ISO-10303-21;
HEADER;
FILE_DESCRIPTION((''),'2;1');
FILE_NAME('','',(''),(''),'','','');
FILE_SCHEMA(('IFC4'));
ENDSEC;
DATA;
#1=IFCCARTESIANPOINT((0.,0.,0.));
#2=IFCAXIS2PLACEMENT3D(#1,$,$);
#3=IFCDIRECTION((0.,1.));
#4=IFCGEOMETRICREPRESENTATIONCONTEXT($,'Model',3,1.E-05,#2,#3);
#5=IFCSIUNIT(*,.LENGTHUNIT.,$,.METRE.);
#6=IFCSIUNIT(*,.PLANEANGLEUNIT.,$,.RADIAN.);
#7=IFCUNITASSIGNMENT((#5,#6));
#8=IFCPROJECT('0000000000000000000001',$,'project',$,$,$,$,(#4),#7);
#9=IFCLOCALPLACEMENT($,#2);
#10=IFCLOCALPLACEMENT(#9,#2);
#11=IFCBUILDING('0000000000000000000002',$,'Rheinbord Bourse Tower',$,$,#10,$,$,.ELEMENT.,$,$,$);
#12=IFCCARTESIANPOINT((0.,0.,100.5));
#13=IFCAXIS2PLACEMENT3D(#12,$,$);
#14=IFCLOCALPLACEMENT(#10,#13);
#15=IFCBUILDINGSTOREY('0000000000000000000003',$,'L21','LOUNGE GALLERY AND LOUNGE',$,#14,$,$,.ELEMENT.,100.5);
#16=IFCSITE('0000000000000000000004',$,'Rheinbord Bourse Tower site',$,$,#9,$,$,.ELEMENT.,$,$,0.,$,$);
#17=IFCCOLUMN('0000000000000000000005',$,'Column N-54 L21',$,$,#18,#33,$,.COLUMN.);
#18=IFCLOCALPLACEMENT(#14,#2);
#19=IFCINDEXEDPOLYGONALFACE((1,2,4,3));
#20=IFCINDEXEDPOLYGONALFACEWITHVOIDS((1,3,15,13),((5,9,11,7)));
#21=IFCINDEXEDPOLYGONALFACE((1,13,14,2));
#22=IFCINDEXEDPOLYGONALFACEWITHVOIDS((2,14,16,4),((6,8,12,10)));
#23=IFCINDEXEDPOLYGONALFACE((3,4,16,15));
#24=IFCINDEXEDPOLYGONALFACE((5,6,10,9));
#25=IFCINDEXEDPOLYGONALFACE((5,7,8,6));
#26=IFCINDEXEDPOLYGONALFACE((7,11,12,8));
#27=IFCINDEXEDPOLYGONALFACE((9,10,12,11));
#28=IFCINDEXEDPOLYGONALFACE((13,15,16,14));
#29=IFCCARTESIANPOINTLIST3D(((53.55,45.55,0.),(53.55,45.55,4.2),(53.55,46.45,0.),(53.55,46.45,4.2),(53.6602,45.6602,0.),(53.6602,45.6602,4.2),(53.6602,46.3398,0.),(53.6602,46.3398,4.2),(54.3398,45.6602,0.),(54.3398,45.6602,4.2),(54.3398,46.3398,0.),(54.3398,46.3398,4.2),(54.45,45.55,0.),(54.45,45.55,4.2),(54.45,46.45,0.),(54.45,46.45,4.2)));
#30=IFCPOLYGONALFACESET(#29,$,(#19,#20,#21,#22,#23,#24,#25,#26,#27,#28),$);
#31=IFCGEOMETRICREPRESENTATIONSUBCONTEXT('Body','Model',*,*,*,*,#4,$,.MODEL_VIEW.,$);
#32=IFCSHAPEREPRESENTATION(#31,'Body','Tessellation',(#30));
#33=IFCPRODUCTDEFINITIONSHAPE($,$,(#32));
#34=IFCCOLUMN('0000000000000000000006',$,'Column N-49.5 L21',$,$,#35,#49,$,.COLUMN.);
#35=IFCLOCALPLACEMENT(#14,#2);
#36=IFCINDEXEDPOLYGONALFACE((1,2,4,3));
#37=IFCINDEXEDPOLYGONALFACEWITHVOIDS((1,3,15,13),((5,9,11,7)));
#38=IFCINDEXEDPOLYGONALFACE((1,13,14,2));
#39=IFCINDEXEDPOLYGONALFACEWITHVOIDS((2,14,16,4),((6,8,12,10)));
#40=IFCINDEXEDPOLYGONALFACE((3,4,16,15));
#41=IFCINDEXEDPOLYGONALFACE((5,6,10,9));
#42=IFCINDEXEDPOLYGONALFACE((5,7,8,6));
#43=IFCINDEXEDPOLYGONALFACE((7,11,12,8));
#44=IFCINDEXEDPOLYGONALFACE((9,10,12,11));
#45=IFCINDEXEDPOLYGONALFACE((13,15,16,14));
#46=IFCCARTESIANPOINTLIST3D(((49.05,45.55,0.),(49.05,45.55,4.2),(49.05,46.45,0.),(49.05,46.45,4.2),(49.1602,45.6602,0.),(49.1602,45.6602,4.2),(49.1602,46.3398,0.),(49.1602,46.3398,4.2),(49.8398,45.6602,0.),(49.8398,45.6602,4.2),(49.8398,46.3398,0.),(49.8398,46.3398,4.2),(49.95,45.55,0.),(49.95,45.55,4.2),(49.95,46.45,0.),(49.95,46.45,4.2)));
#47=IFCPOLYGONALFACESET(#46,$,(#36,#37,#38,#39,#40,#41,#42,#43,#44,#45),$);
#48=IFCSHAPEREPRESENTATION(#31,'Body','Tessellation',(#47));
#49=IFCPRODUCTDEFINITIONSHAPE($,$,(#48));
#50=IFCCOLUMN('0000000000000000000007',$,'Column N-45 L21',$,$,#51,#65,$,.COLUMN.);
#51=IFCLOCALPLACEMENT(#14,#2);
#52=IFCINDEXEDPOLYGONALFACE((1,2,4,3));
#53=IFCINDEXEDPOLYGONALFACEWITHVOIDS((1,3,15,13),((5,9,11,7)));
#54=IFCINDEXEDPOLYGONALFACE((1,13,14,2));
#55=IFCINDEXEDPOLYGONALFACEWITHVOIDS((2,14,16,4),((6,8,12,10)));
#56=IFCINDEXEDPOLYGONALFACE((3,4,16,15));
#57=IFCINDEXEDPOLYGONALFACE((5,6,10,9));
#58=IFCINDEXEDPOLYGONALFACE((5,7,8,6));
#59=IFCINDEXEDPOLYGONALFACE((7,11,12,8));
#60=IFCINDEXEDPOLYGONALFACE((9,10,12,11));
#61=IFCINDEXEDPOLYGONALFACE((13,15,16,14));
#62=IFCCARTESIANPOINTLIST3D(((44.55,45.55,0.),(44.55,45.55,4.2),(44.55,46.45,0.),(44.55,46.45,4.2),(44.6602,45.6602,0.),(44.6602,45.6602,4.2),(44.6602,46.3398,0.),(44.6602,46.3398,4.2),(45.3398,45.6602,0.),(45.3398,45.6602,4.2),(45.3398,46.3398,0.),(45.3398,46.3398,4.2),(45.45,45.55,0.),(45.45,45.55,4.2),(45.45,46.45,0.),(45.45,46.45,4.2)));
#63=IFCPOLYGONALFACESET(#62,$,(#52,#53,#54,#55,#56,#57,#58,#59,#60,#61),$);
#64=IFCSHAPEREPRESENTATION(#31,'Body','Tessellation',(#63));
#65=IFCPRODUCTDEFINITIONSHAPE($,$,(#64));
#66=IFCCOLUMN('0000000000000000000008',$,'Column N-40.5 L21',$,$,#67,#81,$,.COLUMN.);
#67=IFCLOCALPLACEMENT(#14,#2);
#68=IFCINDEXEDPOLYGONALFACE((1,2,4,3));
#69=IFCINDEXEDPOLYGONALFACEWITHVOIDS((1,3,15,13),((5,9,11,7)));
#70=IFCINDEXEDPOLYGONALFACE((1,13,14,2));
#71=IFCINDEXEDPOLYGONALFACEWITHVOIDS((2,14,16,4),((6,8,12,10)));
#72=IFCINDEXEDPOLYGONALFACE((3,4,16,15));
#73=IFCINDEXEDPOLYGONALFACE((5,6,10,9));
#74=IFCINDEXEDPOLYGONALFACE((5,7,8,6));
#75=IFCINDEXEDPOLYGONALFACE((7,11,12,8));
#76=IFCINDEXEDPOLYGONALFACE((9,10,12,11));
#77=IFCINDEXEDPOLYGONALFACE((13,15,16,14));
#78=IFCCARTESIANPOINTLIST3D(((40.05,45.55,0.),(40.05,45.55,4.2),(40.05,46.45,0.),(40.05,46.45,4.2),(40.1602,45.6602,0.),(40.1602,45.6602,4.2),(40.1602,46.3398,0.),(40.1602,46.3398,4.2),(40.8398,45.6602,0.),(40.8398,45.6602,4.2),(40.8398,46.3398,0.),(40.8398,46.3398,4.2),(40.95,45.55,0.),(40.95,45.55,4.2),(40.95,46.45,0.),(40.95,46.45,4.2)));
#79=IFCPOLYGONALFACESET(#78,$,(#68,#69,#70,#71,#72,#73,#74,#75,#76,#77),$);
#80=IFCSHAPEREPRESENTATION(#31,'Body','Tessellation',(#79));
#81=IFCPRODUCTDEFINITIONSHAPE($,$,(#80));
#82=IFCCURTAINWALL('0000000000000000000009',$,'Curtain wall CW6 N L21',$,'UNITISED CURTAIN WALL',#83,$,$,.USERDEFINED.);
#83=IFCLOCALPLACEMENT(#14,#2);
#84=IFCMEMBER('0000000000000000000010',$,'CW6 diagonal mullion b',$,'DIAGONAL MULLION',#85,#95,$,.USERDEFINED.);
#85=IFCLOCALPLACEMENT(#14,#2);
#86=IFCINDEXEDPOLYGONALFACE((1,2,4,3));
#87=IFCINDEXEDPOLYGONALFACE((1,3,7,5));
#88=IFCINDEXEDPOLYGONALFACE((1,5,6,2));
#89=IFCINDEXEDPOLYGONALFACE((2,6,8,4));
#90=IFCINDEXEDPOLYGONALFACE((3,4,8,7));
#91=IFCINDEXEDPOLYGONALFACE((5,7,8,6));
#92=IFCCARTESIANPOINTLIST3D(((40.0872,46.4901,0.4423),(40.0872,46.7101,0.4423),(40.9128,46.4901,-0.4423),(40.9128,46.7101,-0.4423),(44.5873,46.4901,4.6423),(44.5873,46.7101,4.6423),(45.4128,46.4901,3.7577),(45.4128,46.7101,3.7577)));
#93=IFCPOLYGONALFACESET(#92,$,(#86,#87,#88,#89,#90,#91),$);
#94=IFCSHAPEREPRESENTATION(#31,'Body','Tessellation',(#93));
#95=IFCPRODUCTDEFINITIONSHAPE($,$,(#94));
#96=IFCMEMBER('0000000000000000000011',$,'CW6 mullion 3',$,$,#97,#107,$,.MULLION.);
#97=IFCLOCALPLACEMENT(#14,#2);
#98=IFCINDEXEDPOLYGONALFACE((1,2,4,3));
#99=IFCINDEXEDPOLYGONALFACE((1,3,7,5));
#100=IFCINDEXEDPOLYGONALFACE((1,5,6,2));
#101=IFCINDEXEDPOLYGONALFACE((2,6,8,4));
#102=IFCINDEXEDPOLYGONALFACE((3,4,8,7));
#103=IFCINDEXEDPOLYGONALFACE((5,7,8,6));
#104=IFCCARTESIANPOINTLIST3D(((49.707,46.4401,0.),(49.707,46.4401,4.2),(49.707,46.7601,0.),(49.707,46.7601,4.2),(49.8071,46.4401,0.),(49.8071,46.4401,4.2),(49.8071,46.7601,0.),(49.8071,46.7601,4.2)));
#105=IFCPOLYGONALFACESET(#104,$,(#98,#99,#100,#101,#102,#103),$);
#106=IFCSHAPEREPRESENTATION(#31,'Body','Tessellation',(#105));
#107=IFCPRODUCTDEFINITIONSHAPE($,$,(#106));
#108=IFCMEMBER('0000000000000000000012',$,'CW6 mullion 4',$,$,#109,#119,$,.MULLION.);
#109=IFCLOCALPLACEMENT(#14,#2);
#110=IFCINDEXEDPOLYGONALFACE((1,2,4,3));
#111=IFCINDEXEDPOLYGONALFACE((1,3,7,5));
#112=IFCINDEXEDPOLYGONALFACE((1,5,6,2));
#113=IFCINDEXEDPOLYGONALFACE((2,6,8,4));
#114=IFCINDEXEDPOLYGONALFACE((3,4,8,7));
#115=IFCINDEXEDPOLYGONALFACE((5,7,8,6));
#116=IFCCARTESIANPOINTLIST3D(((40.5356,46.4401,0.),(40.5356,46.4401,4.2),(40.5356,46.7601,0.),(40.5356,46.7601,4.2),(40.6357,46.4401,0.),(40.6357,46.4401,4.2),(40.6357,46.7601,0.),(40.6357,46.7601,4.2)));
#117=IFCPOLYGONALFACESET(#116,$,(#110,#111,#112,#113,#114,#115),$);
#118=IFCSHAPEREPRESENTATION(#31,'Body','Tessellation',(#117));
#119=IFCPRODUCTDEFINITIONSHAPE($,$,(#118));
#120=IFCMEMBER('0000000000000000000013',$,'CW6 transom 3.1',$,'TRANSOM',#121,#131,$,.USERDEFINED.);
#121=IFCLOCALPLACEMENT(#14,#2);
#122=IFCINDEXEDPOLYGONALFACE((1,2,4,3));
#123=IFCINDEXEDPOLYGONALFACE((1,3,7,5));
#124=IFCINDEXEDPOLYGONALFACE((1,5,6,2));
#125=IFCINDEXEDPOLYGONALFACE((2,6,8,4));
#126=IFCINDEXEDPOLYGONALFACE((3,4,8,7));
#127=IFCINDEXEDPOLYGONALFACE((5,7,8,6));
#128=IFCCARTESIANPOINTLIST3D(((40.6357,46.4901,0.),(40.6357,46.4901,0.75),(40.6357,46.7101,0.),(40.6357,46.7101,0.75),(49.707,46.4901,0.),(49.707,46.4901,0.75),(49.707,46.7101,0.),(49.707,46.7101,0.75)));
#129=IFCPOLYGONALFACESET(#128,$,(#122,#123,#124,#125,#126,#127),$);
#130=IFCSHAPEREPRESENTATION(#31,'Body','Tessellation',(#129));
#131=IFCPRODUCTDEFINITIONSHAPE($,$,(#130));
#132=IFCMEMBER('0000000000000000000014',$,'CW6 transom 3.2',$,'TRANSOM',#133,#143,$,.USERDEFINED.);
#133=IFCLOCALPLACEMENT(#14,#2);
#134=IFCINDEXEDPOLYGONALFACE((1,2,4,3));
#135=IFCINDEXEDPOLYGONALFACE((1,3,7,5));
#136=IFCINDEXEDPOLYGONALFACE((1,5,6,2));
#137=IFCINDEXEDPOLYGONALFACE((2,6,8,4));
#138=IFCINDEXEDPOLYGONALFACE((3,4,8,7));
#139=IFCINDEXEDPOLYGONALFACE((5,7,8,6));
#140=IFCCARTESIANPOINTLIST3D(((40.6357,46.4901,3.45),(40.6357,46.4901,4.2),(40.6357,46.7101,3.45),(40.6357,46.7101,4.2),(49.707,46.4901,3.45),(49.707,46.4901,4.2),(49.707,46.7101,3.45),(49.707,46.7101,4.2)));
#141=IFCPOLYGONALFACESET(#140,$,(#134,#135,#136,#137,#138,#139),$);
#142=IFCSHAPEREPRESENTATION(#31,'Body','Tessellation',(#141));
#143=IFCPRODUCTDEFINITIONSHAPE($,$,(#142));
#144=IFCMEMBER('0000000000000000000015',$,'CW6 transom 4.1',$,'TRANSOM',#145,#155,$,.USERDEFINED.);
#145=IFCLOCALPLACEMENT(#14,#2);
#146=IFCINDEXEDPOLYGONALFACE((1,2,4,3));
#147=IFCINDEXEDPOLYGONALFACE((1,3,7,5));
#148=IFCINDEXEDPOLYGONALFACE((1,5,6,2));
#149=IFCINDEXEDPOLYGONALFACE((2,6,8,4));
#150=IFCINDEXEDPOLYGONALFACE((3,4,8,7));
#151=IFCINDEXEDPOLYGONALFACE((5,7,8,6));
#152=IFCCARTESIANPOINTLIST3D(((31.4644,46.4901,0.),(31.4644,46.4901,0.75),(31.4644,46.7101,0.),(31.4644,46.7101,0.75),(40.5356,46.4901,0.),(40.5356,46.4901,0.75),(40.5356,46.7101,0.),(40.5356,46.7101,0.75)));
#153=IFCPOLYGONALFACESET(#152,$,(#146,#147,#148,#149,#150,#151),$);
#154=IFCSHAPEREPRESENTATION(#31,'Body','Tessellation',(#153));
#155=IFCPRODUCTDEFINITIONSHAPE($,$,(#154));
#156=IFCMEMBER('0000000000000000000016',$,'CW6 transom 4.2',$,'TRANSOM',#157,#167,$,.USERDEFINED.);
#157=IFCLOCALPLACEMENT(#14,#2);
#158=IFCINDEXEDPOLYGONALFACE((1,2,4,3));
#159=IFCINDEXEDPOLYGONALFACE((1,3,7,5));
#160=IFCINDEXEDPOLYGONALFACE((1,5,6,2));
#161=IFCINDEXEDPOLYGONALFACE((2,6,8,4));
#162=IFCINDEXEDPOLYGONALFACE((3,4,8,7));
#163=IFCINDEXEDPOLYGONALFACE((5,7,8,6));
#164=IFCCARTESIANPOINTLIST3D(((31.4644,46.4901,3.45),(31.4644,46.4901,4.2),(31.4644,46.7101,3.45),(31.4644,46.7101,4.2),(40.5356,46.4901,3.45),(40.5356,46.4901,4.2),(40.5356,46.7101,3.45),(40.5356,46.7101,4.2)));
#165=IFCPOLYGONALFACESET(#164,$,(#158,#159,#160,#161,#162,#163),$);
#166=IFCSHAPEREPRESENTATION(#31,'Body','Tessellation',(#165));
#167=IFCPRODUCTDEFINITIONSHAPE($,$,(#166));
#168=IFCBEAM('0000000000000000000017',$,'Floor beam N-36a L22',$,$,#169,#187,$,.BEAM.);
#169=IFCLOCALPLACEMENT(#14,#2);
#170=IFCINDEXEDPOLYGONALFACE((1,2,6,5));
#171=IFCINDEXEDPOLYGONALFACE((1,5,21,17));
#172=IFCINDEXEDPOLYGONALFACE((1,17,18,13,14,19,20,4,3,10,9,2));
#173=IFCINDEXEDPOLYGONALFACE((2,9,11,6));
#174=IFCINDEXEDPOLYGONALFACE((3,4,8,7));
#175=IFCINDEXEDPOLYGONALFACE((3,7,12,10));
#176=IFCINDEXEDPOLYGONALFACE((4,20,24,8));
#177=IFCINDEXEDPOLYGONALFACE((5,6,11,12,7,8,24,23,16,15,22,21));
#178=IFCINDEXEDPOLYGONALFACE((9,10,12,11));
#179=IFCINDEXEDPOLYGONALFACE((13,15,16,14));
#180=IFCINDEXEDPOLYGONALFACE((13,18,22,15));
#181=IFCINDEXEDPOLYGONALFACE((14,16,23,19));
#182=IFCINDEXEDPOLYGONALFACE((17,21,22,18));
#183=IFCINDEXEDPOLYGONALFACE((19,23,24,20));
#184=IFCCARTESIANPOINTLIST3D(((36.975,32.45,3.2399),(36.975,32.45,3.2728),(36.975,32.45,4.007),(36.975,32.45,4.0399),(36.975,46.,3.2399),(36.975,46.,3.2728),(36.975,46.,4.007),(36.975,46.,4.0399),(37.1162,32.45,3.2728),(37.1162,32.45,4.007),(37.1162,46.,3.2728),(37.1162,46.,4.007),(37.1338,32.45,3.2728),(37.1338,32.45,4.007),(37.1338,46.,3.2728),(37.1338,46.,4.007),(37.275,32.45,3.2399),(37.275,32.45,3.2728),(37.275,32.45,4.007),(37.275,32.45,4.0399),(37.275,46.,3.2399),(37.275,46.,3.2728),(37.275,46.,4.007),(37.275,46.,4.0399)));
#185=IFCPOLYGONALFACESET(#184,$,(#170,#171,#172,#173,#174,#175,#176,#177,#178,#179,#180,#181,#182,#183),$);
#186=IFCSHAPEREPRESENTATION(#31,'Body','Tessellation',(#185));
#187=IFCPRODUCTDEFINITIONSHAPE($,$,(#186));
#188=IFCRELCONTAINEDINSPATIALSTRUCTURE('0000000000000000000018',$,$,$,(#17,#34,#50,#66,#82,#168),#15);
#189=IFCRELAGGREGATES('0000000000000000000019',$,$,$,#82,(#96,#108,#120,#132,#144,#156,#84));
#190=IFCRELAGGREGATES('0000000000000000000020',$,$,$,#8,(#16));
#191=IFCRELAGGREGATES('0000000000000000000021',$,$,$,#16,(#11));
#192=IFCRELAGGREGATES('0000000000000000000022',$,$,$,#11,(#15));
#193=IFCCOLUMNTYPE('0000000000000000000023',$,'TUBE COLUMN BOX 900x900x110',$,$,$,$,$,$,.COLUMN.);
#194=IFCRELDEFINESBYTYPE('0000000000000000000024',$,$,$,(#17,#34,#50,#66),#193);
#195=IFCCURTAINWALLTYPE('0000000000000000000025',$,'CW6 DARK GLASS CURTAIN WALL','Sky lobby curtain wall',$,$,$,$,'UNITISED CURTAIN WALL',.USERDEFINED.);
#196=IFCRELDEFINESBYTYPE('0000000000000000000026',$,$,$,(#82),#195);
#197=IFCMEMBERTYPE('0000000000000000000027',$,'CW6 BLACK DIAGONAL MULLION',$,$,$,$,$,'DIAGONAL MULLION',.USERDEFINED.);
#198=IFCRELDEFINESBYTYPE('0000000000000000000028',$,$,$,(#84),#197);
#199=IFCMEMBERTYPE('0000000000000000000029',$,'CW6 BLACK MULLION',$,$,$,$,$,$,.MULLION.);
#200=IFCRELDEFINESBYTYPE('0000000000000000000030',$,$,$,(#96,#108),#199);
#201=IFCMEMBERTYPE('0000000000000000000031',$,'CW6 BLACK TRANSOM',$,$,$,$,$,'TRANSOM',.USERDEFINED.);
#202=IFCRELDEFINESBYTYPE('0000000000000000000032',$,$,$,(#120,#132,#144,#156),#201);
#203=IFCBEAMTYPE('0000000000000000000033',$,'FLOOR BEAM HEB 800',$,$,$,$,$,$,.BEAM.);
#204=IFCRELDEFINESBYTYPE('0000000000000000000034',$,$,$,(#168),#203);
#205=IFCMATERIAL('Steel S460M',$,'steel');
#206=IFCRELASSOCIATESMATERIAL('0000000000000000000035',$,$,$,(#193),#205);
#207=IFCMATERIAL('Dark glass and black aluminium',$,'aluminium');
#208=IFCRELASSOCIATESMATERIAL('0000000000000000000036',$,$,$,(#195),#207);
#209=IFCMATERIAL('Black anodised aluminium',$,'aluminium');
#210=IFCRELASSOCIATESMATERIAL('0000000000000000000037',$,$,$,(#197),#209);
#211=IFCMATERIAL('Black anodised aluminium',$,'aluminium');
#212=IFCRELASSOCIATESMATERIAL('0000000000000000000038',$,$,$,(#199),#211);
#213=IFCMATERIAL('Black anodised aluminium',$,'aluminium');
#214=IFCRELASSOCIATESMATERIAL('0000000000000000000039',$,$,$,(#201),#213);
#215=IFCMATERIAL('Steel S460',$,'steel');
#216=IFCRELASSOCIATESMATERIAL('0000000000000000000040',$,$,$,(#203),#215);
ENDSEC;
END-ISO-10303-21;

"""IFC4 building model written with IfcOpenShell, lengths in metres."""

from ifc_helpers import new_model, si_unit, direction, frame, origin, origin_2d, place, context, subcontext, project, spatial, rectangle, hollow_rectangle, i_section, extrude, material, material_profile, profile_set, type_object, element, aggregate, save


model = new_model("IFC4")

# Units and contexts
model_context = context("Model", 3, precision=1e-05, world=origin(), true_north=direction((0.0, 1.0)))
body_context = subcontext(model_context, "Body", "Model", "MODEL_VIEW")
ifc_project = project(units=[si_unit("LENGTHUNIT", "METRE"), si_unit("PLANEANGLEUNIT", "RADIAN")], contexts=[model_context])

# Site, building, storey
site_placement = place(None, origin())
site = spatial("IfcSite", under=ifc_project, at=site_placement, Name="Rheinbord Bourse Tower site", CompositionType="ELEMENT", RefElevation=0.0)
building_placement = place(site_placement, origin())
building = spatial("IfcBuilding", under=site, at=building_placement, Name="Rheinbord Bourse Tower", CompositionType="ELEMENT")
storey_placement = place(building_placement, frame((0.0, 0.0, 100.5)))
storey = spatial("IfcBuildingStorey", under=building, at=storey_placement, Name="L21", Description="LOUNGE GALLERY AND LOUNGE", CompositionType="ELEMENT", Elevation=100.5)

# Columns
ifc_material_1 = material(Name="Steel S460M", Category="steel")
ifc_material_profile_1 = material_profile(ifc_material_1, hollow_rectangle(XDim=0.8999, YDim=0.8999, WallThickness=0.1101, at=origin_2d()), Name="BOX 900x900x110")
ifc_profile_set_1 = profile_set([ifc_material_profile_1], Name="Steel S460M")
column_type = type_object("IfcColumnType", Name="TUBE COLUMN BOX 900x900x110", PredefinedType="COLUMN", material=ifc_profile_set_1)
for number, where, z_axis, x_axis, name in (
    (1, (54.0, 46.0, 0.0), (0.0, 0.0, 1.0), (0.0, 1.0, 0.0), "Column N-54 L21"),
    (2, (49.5, 46.0, 0.0), (0.0, 0.0, 1.0), (0.0, 1.0, 0.0), "Column N-49.5 L21"),
    (3, (45.0, 46.0, 0.0), (0.0, 0.0, 1.0), (0.0, 1.0, 0.0), "Column N-45 L21"),
    (4, (40.5, 46.0, 0.0), (0.0, 0.0, 1.0), (0.0, 1.0, 0.0), "Column N-40.5 L21"),
):
    element("IfcColumn", number, at=place(storey_placement, frame(where, z_axis=z_axis, x_axis=x_axis)), inside=storey, type_object=column_type, Name=name, PredefinedType="COLUMN", context=body_context, shape_type="SweptSolid", body=[
        extrude(hollow_rectangle(XDim=0.8999, YDim=0.8999, WallThickness=0.1101, at=origin_2d()), origin(), (0.0, 0.0, 1.0), 4.2),
    ])

# Curtain wall, members
ifc_material_2 = material(Name="Dark glass and black aluminium", Category="aluminium")
curtain_wall_type = type_object("IfcCurtainWallType", Name="CW6 DARK GLASS CURTAIN WALL", Description="Sky lobby curtain wall", ElementType="UNITISED CURTAIN WALL", PredefinedType="USERDEFINED", material=ifc_material_2)
curtain_wall_placement = place(storey_placement, origin())
curtain_wall = element("IfcCurtainWall", 5, at=curtain_wall_placement, inside=storey, type_object=curtain_wall_type, Name="Curtain wall CW6 N L21", ObjectType="UNITISED CURTAIN WALL", PredefinedType="USERDEFINED")
ifc_material_3 = material(Name="Black anodised aluminium", Category="aluminium")
ifc_material_profile_2 = material_profile(ifc_material_3, rectangle(XDim=0.22, YDim=1.21, at=origin_2d()), Name="CW6 DIAGONAL MULLION 1210x220")
ifc_profile_set_2 = profile_set([ifc_material_profile_2], Name="Black anodised aluminium")
member_type_1 = type_object("IfcMemberType", Name="CW6 BLACK DIAGONAL MULLION", ElementType="DIAGONAL MULLION", PredefinedType="USERDEFINED", material=ifc_profile_set_2)
member_1_placement = place(storey_placement, frame((40.5, 46.6001, 0.0), z_axis=(0.731059, 0.0, 0.682314), x_axis=(0.0, 1.0, 0.0)))
member_1 = element("IfcMember", 6, at=member_1_placement, type_object=member_type_1, Name="CW6 diagonal mullion b", ObjectType="DIAGONAL MULLION", PredefinedType="USERDEFINED", context=body_context, shape_type="SweptSolid", body=[
    extrude(rectangle(XDim=0.22, YDim=1.21, at=origin_2d()), origin(), (0.0, 0.0, 1.0), 6.1555),
])
ifc_material_4 = material(Name="Black anodised aluminium", Category="aluminium")
ifc_material_profile_3 = material_profile(ifc_material_4, rectangle(XDim=0.3201, YDim=0.1001, at=origin_2d()), Name="CW6 MULLION 100x320")
ifc_profile_set_3 = profile_set([ifc_material_profile_3], Name="Black anodised aluminium")
member_type_2 = type_object("IfcMemberType", Name="CW6 BLACK MULLION", PredefinedType="MULLION", material=ifc_profile_set_3)
member_2_placement = place(storey_placement, frame((49.7571, 46.6001, 0.0), z_axis=(0.0, 0.0, 1.0), x_axis=(0.0, -1.0, 0.0)))
member_2 = element("IfcMember", 7, at=member_2_placement, type_object=member_type_2, Name="CW6 mullion 3", PredefinedType="MULLION", context=body_context, shape_type="SweptSolid", body=[
    extrude(rectangle(XDim=0.3201, YDim=0.1001, at=origin_2d()), origin(), (0.0, 0.0, 1.0), 4.2),
])
member_3_placement = place(storey_placement, frame((40.5857, 46.6001, 0.0), z_axis=(0.0, 0.0, 1.0), x_axis=(0.0, -1.0, 0.0)))
member_3 = element("IfcMember", 8, at=member_3_placement, type_object=member_type_2, Name="CW6 mullion 4", PredefinedType="MULLION", context=body_context, shape_type="SweptSolid", body=[
    extrude(rectangle(XDim=0.3201, YDim=0.1001, at=origin_2d()), origin(), (0.0, 0.0, 1.0), 4.2),
])
ifc_material_5 = material(Name="Black anodised aluminium", Category="aluminium")
ifc_material_profile_4 = material_profile(ifc_material_5, rectangle(XDim=0.22, YDim=0.75, at=origin_2d()), Name="CW6 TRANSOM 750x220")
ifc_profile_set_4 = profile_set([ifc_material_profile_4], Name="Black anodised aluminium")
member_type_3 = type_object("IfcMemberType", Name="CW6 BLACK TRANSOM", ElementType="TRANSOM", PredefinedType="USERDEFINED", material=ifc_profile_set_4)
member_4_placement = place(storey_placement, frame((49.707, 46.6001, 0.375), z_axis=(-1.0, 0.0, 0.0), x_axis=(0.0, -1.0, 0.0)))
member_4 = element("IfcMember", 9, at=member_4_placement, type_object=member_type_3, Name="CW6 transom 3.1", ObjectType="TRANSOM", PredefinedType="USERDEFINED", context=body_context, shape_type="SweptSolid", body=[
    extrude(rectangle(XDim=0.22, YDim=0.75, at=origin_2d()), origin(), (0.0, 0.0, 1.0), 9.0713),
])
member_5_placement = place(storey_placement, frame((49.707, 46.6001, 3.825), z_axis=(-1.0, 0.0, 0.0), x_axis=(0.0, -1.0, 0.0)))
member_5 = element("IfcMember", 10, at=member_5_placement, type_object=member_type_3, Name="CW6 transom 3.2", ObjectType="TRANSOM", PredefinedType="USERDEFINED", context=body_context, shape_type="SweptSolid", body=[
    extrude(rectangle(XDim=0.22, YDim=0.75, at=origin_2d()), origin(), (0.0, 0.0, 1.0), 9.0713),
])
member_6_placement = place(storey_placement, frame((40.5356, 46.6001, 0.375), z_axis=(-1.0, 0.0, 0.0), x_axis=(0.0, -1.0, 0.0)))
member_6 = element("IfcMember", 11, at=member_6_placement, type_object=member_type_3, Name="CW6 transom 4.1", ObjectType="TRANSOM", PredefinedType="USERDEFINED", context=body_context, shape_type="SweptSolid", body=[
    extrude(rectangle(XDim=0.22, YDim=0.75, at=origin_2d()), origin(), (0.0, 0.0, 1.0), 9.0713),
])
member_7_placement = place(storey_placement, frame((40.5356, 46.6001, 3.825), z_axis=(-1.0, 0.0, 0.0), x_axis=(0.0, -1.0, 0.0)))
member_7 = element("IfcMember", 12, at=member_7_placement, type_object=member_type_3, Name="CW6 transom 4.2", ObjectType="TRANSOM", PredefinedType="USERDEFINED", context=body_context, shape_type="SweptSolid", body=[
    extrude(rectangle(XDim=0.22, YDim=0.75, at=origin_2d()), origin(), (0.0, 0.0, 1.0), 9.0713),
])

# Beam
ifc_material_6 = material(Name="Steel S460", Category="steel")
ifc_material_profile_5 = material_profile(ifc_material_6, i_section(OverallWidth=0.3, OverallDepth=0.8, WebThickness=0.0176, FlangeThickness=0.033, at=origin_2d()), Name="HEB 800")
ifc_profile_set_5 = profile_set([ifc_material_profile_5], Name="Steel S460")
beam_type_1 = type_object("IfcBeamType", Name="FLOOR BEAM HEB 800", PredefinedType="BEAM", material=ifc_profile_set_5)
for number, where, z_axis, x_axis, name in (
    (13, (37.125, 46.0, 3.6399), (0.0, -1.0, 0.0), (1.0, 0.0, 0.0), "Floor beam N-36a L22"),
):
    element("IfcBeam", number, at=place(storey_placement, frame(where, z_axis=z_axis, x_axis=x_axis)), inside=storey, type_object=beam_type_1, Name=name, PredefinedType="BEAM", context=body_context, shape_type="SweptSolid", body=[
        extrude(i_section(OverallWidth=0.3, OverallDepth=0.8, WebThickness=0.0176, FlangeThickness=0.033, at=origin_2d()), origin(), (0.0, 0.0, 1.0), 13.55),
    ])

aggregate(curtain_wall, [member_2, member_3, member_4, member_5, member_6, member_7, member_1])

save(model, "model.ifc")
